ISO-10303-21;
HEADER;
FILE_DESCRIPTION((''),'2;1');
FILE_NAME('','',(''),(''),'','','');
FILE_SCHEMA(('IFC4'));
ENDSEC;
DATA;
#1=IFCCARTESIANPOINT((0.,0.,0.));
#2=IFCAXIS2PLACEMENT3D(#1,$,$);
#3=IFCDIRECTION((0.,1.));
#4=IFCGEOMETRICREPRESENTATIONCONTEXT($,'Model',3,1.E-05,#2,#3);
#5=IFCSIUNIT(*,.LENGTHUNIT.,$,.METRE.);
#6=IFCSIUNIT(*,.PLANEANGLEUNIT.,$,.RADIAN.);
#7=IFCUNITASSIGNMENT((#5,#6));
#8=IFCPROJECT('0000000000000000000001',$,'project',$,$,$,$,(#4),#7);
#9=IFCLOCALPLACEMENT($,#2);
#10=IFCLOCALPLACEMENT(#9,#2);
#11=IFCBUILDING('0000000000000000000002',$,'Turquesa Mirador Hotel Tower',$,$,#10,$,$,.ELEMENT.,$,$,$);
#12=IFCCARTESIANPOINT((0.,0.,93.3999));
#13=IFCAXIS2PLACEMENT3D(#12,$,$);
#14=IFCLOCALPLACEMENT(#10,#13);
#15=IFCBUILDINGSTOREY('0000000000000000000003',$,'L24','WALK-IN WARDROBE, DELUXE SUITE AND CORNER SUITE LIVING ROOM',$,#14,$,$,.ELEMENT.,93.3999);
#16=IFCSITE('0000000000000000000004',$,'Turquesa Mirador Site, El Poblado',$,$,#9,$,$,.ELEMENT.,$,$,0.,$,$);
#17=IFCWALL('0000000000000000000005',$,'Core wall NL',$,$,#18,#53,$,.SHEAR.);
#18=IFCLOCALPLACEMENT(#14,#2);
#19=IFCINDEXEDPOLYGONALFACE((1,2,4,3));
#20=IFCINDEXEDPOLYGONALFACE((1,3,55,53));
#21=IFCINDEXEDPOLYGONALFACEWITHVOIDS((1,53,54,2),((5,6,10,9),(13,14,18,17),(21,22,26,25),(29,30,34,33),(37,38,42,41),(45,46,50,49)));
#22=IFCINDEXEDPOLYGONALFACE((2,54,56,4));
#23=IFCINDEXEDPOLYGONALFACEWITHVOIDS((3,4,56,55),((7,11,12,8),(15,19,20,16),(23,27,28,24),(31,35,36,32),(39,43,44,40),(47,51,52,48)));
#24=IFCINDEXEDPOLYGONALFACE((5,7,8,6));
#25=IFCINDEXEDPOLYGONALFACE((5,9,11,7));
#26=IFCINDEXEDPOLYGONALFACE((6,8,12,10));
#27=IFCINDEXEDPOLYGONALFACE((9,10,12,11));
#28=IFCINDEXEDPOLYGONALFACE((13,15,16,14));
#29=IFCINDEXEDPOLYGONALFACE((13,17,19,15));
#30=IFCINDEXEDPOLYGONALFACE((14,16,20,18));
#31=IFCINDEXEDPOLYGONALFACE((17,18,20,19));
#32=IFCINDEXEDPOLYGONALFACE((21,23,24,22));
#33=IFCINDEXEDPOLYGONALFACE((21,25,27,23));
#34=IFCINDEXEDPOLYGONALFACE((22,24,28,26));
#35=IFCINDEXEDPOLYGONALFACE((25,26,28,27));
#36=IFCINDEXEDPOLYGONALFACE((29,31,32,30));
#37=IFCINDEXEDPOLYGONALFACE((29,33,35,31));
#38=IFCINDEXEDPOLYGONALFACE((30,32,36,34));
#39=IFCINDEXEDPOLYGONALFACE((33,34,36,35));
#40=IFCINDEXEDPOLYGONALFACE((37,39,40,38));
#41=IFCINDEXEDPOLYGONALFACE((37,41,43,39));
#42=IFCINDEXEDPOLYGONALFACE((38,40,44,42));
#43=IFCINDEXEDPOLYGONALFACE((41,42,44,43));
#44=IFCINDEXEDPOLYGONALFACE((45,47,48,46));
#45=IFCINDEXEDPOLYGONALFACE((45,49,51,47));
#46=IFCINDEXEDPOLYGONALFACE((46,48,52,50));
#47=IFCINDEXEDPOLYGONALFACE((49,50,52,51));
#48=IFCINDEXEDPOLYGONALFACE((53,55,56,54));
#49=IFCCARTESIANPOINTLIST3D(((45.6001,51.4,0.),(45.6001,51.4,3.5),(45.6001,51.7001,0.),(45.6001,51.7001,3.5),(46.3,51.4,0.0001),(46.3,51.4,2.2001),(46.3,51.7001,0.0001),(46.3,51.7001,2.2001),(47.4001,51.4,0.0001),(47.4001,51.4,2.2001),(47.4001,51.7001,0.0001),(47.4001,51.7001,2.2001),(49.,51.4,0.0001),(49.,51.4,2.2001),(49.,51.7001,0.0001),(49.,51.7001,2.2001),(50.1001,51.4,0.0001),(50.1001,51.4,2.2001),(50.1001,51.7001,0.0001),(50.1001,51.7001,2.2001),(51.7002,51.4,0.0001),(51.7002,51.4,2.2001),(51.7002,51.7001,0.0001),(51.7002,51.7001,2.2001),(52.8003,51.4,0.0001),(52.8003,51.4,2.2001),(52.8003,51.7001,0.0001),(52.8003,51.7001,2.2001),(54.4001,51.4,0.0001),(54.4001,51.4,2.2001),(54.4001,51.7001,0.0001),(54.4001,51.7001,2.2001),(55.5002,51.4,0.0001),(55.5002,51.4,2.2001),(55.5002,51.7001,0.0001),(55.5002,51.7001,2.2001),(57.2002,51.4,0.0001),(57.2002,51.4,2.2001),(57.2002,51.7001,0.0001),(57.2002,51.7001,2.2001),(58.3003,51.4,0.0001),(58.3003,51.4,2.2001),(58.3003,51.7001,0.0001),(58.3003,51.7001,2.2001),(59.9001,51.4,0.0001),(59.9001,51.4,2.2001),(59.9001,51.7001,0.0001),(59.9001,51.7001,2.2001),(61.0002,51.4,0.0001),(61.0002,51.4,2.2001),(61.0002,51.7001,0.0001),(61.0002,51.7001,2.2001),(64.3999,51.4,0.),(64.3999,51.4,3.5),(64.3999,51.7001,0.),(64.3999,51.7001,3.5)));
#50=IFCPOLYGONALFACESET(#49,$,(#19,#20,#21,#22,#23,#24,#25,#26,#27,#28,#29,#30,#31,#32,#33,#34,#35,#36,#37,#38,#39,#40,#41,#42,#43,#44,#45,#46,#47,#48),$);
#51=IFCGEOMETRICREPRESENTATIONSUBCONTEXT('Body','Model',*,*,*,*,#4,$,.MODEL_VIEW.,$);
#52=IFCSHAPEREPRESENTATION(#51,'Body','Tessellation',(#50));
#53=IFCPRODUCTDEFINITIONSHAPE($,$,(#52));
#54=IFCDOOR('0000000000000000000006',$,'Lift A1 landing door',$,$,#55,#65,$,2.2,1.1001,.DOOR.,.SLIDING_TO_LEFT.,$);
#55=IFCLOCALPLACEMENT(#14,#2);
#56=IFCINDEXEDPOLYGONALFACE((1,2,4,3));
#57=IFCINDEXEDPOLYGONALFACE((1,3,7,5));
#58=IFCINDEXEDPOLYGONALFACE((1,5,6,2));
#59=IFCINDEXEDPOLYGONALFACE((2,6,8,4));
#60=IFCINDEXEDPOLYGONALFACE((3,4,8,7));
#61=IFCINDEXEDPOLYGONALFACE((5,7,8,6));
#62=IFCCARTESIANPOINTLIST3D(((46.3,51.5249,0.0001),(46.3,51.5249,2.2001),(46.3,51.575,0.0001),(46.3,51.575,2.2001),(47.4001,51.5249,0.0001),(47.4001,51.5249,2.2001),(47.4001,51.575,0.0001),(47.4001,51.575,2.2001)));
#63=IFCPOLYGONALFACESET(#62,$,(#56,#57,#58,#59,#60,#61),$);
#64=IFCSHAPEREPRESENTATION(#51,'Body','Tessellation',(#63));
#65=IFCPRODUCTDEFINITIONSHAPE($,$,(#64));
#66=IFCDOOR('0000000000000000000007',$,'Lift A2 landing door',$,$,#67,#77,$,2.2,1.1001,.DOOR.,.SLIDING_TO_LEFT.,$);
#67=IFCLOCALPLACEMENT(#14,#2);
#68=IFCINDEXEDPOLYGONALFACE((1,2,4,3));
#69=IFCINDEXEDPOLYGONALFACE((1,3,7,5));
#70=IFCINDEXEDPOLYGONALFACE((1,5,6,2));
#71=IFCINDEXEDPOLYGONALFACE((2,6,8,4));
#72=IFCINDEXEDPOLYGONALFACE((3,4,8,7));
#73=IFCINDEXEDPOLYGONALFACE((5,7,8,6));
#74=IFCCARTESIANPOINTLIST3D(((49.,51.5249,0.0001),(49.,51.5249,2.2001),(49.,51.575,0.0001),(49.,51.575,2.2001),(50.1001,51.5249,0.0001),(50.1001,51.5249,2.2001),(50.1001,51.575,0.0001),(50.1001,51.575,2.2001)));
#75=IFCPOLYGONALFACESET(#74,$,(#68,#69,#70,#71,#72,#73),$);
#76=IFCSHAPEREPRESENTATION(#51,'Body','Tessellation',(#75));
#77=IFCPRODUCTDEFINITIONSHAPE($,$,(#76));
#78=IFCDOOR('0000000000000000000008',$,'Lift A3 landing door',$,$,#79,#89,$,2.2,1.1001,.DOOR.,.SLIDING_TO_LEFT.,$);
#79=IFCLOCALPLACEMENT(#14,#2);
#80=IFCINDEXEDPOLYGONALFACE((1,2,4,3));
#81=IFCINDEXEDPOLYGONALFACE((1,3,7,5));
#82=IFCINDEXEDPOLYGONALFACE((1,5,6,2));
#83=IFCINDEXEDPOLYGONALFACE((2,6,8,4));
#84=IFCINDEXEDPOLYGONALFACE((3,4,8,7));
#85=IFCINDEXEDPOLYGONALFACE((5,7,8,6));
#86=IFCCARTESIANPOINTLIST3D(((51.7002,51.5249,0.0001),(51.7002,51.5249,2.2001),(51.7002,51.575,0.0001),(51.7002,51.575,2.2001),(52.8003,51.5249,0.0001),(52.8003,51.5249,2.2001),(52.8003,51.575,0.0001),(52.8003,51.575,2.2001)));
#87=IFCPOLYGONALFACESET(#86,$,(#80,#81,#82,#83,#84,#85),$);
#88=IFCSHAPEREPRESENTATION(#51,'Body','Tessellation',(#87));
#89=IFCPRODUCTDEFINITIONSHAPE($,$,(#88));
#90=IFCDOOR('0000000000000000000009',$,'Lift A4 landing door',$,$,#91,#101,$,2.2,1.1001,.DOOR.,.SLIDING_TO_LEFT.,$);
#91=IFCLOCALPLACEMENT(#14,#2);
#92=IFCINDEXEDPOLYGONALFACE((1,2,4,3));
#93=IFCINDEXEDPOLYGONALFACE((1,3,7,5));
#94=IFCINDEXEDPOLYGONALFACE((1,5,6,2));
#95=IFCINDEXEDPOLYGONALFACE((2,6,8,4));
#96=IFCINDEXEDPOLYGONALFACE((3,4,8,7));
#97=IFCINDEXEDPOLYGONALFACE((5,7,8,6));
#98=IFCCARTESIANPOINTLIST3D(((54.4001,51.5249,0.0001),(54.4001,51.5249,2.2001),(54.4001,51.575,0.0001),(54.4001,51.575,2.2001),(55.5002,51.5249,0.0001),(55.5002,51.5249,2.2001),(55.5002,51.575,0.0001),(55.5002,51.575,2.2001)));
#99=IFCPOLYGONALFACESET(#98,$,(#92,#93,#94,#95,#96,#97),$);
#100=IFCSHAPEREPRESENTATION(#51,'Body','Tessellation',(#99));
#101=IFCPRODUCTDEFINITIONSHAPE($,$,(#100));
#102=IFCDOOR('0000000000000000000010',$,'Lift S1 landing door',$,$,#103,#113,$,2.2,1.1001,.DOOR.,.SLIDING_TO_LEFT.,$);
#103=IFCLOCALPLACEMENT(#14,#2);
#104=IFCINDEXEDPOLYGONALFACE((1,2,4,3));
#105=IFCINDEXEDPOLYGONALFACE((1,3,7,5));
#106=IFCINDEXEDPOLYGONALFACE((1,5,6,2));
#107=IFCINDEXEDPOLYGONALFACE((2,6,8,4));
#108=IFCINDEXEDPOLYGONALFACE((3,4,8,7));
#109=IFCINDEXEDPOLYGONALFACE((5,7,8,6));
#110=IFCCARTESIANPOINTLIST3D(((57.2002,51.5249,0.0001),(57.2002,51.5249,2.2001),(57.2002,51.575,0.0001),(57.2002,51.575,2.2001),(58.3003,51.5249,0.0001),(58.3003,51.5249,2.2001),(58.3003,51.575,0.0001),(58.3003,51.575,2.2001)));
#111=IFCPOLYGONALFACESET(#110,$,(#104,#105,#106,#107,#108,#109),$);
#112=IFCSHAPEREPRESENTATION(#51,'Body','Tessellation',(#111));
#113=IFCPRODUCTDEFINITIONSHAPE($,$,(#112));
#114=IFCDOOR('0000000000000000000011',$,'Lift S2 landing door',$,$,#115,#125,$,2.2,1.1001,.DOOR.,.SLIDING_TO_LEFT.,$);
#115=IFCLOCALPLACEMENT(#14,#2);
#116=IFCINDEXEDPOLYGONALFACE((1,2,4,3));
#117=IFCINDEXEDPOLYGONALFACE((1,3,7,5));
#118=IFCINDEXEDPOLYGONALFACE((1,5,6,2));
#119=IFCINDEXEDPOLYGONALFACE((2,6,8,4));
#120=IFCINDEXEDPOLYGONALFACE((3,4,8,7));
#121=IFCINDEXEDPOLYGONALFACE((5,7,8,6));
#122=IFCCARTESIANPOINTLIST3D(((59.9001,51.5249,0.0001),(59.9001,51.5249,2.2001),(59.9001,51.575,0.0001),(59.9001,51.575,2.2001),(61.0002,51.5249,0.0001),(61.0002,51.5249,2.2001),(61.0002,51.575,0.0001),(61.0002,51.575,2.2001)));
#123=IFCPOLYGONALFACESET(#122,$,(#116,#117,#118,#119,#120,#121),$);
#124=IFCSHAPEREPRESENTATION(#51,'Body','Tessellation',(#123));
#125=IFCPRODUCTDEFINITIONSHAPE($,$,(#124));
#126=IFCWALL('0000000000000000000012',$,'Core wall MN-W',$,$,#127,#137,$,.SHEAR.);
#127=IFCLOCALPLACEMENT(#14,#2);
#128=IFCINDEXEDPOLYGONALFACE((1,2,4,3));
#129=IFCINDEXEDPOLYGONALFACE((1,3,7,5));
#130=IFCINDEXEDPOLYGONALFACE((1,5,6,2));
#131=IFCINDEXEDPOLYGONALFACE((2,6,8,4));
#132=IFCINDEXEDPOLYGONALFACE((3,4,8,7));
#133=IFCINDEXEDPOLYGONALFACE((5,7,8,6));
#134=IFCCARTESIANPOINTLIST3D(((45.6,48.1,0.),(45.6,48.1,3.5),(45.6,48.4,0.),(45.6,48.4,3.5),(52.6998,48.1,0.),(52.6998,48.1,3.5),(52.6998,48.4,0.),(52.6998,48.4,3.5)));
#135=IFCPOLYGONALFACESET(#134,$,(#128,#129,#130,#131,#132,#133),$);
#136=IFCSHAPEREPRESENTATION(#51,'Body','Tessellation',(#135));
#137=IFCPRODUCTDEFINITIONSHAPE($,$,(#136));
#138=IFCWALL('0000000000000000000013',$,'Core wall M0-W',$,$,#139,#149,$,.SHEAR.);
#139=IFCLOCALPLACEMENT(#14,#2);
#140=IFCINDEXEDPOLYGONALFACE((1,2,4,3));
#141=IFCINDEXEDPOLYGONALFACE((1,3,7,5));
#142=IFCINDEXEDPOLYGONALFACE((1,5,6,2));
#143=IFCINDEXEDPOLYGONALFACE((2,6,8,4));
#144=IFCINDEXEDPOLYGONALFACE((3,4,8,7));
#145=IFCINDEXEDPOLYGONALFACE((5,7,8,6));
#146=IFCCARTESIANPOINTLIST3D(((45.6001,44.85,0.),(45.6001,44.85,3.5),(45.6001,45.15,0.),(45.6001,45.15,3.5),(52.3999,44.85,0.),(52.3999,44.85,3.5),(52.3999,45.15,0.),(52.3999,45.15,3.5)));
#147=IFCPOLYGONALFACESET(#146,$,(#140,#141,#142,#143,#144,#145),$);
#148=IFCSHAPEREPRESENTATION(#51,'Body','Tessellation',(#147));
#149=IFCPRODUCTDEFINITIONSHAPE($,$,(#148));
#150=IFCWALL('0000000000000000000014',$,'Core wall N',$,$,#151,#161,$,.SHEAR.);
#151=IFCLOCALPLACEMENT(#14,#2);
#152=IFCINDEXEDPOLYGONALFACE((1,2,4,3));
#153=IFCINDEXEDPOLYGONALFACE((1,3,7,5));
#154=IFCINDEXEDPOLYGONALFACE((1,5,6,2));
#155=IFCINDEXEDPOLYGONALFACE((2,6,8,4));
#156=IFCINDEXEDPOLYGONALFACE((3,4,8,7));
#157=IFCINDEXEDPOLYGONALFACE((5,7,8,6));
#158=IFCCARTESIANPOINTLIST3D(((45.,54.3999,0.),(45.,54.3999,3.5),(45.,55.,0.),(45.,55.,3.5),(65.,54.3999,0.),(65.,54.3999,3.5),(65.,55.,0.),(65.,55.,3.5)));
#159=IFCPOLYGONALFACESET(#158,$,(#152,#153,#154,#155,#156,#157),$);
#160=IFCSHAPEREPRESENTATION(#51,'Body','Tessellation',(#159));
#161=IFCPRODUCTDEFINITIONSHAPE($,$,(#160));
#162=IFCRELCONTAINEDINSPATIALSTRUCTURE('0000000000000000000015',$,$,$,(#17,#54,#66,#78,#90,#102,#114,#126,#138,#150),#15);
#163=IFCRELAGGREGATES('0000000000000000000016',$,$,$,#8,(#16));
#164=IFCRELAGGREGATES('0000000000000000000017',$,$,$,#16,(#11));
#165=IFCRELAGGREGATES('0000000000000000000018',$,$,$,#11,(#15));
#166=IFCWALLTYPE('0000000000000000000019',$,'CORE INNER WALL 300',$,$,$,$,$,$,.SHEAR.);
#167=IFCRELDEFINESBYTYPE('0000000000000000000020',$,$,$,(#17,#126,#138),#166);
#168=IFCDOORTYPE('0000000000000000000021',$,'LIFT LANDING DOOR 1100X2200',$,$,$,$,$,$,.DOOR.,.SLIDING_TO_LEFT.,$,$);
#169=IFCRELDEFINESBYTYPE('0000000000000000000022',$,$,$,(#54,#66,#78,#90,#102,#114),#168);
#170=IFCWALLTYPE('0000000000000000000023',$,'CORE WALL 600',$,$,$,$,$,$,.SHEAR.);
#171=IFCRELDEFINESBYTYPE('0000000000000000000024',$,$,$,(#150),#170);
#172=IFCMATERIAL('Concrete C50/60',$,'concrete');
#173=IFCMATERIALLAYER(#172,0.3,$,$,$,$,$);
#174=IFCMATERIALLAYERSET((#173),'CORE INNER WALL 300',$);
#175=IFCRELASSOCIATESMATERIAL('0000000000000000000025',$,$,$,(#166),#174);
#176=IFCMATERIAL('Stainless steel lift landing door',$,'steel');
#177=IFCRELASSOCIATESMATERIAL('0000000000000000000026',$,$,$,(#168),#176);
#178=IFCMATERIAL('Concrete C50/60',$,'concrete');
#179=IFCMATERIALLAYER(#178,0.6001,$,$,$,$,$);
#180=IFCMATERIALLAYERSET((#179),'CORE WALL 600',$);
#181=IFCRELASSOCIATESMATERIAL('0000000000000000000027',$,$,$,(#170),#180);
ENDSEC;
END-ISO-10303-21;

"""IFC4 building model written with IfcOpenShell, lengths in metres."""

from ifc_helpers import new_model, si_unit, direction, frame, frame_2d, origin, place, context, subcontext, project, spatial, rectangle, extrude, material, layer, layer_set, type_object, element, fill, save


model = new_model("IFC4")

# Units and contexts
model_context = context("Model", 3, precision=1e-05, world=origin(), true_north=direction((0.0, 1.0)))
body_context = subcontext(model_context, "Body", "Model", "MODEL_VIEW")
ifc_project = project(units=[si_unit("LENGTHUNIT", "METRE"), si_unit("PLANEANGLEUNIT", "RADIAN")], contexts=[model_context])

# Site, building, storey
site_placement = place(None, origin())
site = spatial("IfcSite", under=ifc_project, at=site_placement, Name="Turquesa Mirador Site, El Poblado", CompositionType="ELEMENT", RefElevation=0.0)
building_placement = place(site_placement, origin())
building = spatial("IfcBuilding", under=site, at=building_placement, Name="Turquesa Mirador Hotel Tower", CompositionType="ELEMENT")
storey_placement = place(building_placement, frame((0.0, 0.0, 93.3999)))
storey = spatial("IfcBuildingStorey", under=building, at=storey_placement, Name="L24", Description="WALK-IN WARDROBE, DELUXE SUITE AND CORNER SUITE LIVING ROOM", CompositionType="ELEMENT", Elevation=93.3999)

# Wall, openings, doors
ifc_material_1 = material(Name="Concrete C50/60", Category="concrete")
ifc_layer_1 = layer(ifc_material_1, 0.3)
ifc_layer_set_1 = layer_set([ifc_layer_1], Name="CORE INNER WALL 300")
wall_type_1 = type_object("IfcWallType", Name="CORE INNER WALL 300", PredefinedType="SHEAR", material=ifc_layer_set_1)
wall_1_placement = place(storey_placement, frame((45.6001, 51.55, 0.0), z_axis=(0.0, 0.0, 1.0), x_axis=(1.0, 0.0, 0.0)))
wall_1 = element("IfcWall", 1, at=wall_1_placement, inside=storey, type_object=wall_type_1, Name="Core wall NL", PredefinedType="SHEAR", context=body_context, shape_type="SweptSolid", body=[
    extrude(rectangle(XDim=18.7998, YDim=0.3, at=frame_2d((9.3999, 0.0))), origin(), (0.0, 0.0, 1.0), 3.5),
])
opening_1_placement = place(wall_1_placement, frame((0.7, 0.0, 0.0)))
opening_1 = element("IfcOpeningElement", 2, at=opening_1_placement, cuts=wall_1, PredefinedType="OPENING", context=body_context, shape_type="SweptSolid", body=[
    extrude(rectangle(XDim=1.1001, YDim=2.2, at=frame_2d((0.55, 1.1001))), frame((0.0, 0.1599, 0.0), z_axis=(0.0, -1.0, 0.0), x_axis=(1.0, 0.0, 0.0)), (0.0, 0.0, 1.0), 0.3201),
])
opening_2_placement = place(wall_1_placement, frame((3.3999, 0.0, 0.0)))
opening_2 = element("IfcOpeningElement", 3, at=opening_2_placement, cuts=wall_1, PredefinedType="OPENING", context=body_context, shape_type="SweptSolid", body=[
    extrude(rectangle(XDim=1.1001, YDim=2.2, at=frame_2d((0.55, 1.1001))), frame((0.0, 0.1599, 0.0), z_axis=(0.0, -1.0, 0.0), x_axis=(1.0, 0.0, 0.0)), (0.0, 0.0, 1.0), 0.3201),
])
opening_3_placement = place(wall_1_placement, frame((6.1001, 0.0, 0.0)))
opening_3 = element("IfcOpeningElement", 4, at=opening_3_placement, cuts=wall_1, PredefinedType="OPENING", context=body_context, shape_type="SweptSolid", body=[
    extrude(rectangle(XDim=1.1001, YDim=2.2, at=frame_2d((0.55, 1.1001))), frame((0.0, 0.1599, 0.0), z_axis=(0.0, -1.0, 0.0), x_axis=(1.0, 0.0, 0.0)), (0.0, 0.0, 1.0), 0.3201),
])
opening_4_placement = place(wall_1_placement, frame((8.8, 0.0, 0.0)))
opening_4 = element("IfcOpeningElement", 5, at=opening_4_placement, cuts=wall_1, PredefinedType="OPENING", context=body_context, shape_type="SweptSolid", body=[
    extrude(rectangle(XDim=1.1001, YDim=2.2, at=frame_2d((0.55, 1.1001))), frame((0.0, 0.1599, 0.0), z_axis=(0.0, -1.0, 0.0), x_axis=(1.0, 0.0, 0.0)), (0.0, 0.0, 1.0), 0.3201),
])
opening_5_placement = place(wall_1_placement, frame((11.6001, 0.0, 0.0)))
opening_5 = element("IfcOpeningElement", 6, at=opening_5_placement, cuts=wall_1, PredefinedType="OPENING", context=body_context, shape_type="SweptSolid", body=[
    extrude(rectangle(XDim=1.1001, YDim=2.2, at=frame_2d((0.55, 1.1001))), frame((0.0, 0.1599, 0.0), z_axis=(0.0, -1.0, 0.0), x_axis=(1.0, 0.0, 0.0)), (0.0, 0.0, 1.0), 0.3201),
])
opening_6_placement = place(wall_1_placement, frame((14.3, 0.0, 0.0)))
opening_6 = element("IfcOpeningElement", 7, at=opening_6_placement, cuts=wall_1, PredefinedType="OPENING", context=body_context, shape_type="SweptSolid", body=[
    extrude(rectangle(XDim=1.1001, YDim=2.2, at=frame_2d((0.55, 1.1001))), frame((0.0, 0.1599, 0.0), z_axis=(0.0, -1.0, 0.0), x_axis=(1.0, 0.0, 0.0)), (0.0, 0.0, 1.0), 0.3201),
])
ifc_material_2 = material(Name="Stainless steel lift landing door", Category="steel")
door_type_1 = type_object("IfcDoorType", Name="LIFT LANDING DOOR 1100X2200", OperationType="SLIDING_TO_LEFT", PredefinedType="DOOR", material=ifc_material_2)
door_1_placement = place(opening_1_placement, origin())
door_1 = element("IfcDoor", 8, at=door_1_placement, inside=storey, type_object=door_type_1, Name="Lift A1 landing door", OperationType="SLIDING_TO_LEFT", OverallHeight=2.2, OverallWidth=1.1001, PredefinedType="DOOR", context=body_context, shape_type="SweptSolid", body=[
    extrude(rectangle(XDim=1.1001, YDim=2.2, at=frame_2d((0.55, 1.1001))), frame((0.0, 0.0249, 0.0), z_axis=(0.0, -1.0, 0.0), x_axis=(1.0, 0.0, 0.0)), (0.0, 0.0, 1.0), 0.05),
])
fill(opening_1, door_1)
door_2_placement = place(opening_2_placement, origin())
door_2 = element("IfcDoor", 9, at=door_2_placement, inside=storey, type_object=door_type_1, Name="Lift A2 landing door", OperationType="SLIDING_TO_LEFT", OverallHeight=2.2, OverallWidth=1.1001, PredefinedType="DOOR", context=body_context, shape_type="SweptSolid", body=[
    extrude(rectangle(XDim=1.1001, YDim=2.2, at=frame_2d((0.55, 1.1001))), frame((0.0, 0.0249, 0.0), z_axis=(0.0, -1.0, 0.0), x_axis=(1.0, 0.0, 0.0)), (0.0, 0.0, 1.0), 0.05),
])
fill(opening_2, door_2)
door_3_placement = place(opening_3_placement, origin())
door_3 = element("IfcDoor", 10, at=door_3_placement, inside=storey, type_object=door_type_1, Name="Lift A3 landing door", OperationType="SLIDING_TO_LEFT", OverallHeight=2.2, OverallWidth=1.1001, PredefinedType="DOOR", context=body_context, shape_type="SweptSolid", body=[
    extrude(rectangle(XDim=1.1001, YDim=2.2, at=frame_2d((0.55, 1.1001))), frame((0.0, 0.0249, 0.0), z_axis=(0.0, -1.0, 0.0), x_axis=(1.0, 0.0, 0.0)), (0.0, 0.0, 1.0), 0.05),
])
fill(opening_3, door_3)
door_4_placement = place(opening_4_placement, origin())
door_4 = element("IfcDoor", 11, at=door_4_placement, inside=storey, type_object=door_type_1, Name="Lift A4 landing door", OperationType="SLIDING_TO_LEFT", OverallHeight=2.2, OverallWidth=1.1001, PredefinedType="DOOR", context=body_context, shape_type="SweptSolid", body=[
    extrude(rectangle(XDim=1.1001, YDim=2.2, at=frame_2d((0.55, 1.1001))), frame((0.0, 0.0249, 0.0), z_axis=(0.0, -1.0, 0.0), x_axis=(1.0, 0.0, 0.0)), (0.0, 0.0, 1.0), 0.05),
])
fill(opening_4, door_4)
door_5_placement = place(opening_5_placement, origin())
door_5 = element("IfcDoor", 12, at=door_5_placement, inside=storey, type_object=door_type_1, Name="Lift S1 landing door", OperationType="SLIDING_TO_LEFT", OverallHeight=2.2, OverallWidth=1.1001, PredefinedType="DOOR", context=body_context, shape_type="SweptSolid", body=[
    extrude(rectangle(XDim=1.1001, YDim=2.2, at=frame_2d((0.55, 1.1001))), frame((0.0, 0.0249, 0.0), z_axis=(0.0, -1.0, 0.0), x_axis=(1.0, 0.0, 0.0)), (0.0, 0.0, 1.0), 0.05),
])
fill(opening_5, door_5)
door_6_placement = place(opening_6_placement, origin())
door_6 = element("IfcDoor", 13, at=door_6_placement, inside=storey, type_object=door_type_1, Name="Lift S2 landing door", OperationType="SLIDING_TO_LEFT", OverallHeight=2.2, OverallWidth=1.1001, PredefinedType="DOOR", context=body_context, shape_type="SweptSolid", body=[
    extrude(rectangle(XDim=1.1001, YDim=2.2, at=frame_2d((0.55, 1.1001))), frame((0.0, 0.0249, 0.0), z_axis=(0.0, -1.0, 0.0), x_axis=(1.0, 0.0, 0.0)), (0.0, 0.0, 1.0), 0.05),
])
fill(opening_6, door_6)

# Walls
wall_2_placement = place(storey_placement, frame((45.6001, 48.25, 0.0), z_axis=(0.0, 0.0, 1.0), x_axis=(1.0, 0.0, 0.0)))
element("IfcWall", 14, at=wall_2_placement, inside=storey, type_object=wall_type_1, Name="Core wall MN-W", PredefinedType="SHEAR", context=body_context, shape_type="SweptSolid", body=[
    extrude(rectangle(XDim=7.0999, YDim=0.3, at=frame_2d((3.5498, 0.0))), origin(), (0.0, 0.0, 1.0), 3.5),
])
wall_3_placement = place(storey_placement, frame((45.6001, 45.0, 0.0), z_axis=(0.0, 0.0, 1.0), x_axis=(1.0, 0.0, 0.0)))
element("IfcWall", 15, at=wall_3_placement, inside=storey, type_object=wall_type_1, Name="Core wall M0-W", PredefinedType="SHEAR", context=body_context, shape_type="SweptSolid", body=[
    extrude(rectangle(XDim=6.7998, YDim=0.3, at=frame_2d((3.3999, 0.0))), origin(), (0.0, 0.0, 1.0), 3.5),
])
ifc_material_3 = material(Name="Concrete C50/60", Category="concrete")
ifc_layer_2 = layer(ifc_material_3, 0.6001)
ifc_layer_set_2 = layer_set([ifc_layer_2], Name="CORE WALL 600")
wall_type_2 = type_object("IfcWallType", Name="CORE WALL 600", PredefinedType="SHEAR", material=ifc_layer_set_2)
wall_4_placement = place(storey_placement, frame((45.0, 54.7, 0.0), z_axis=(0.0, 0.0, 1.0), x_axis=(1.0, 0.0, 0.0)))
element("IfcWall", 16, at=wall_4_placement, inside=storey, type_object=wall_type_2, Name="Core wall N", PredefinedType="SHEAR", context=body_context, shape_type="SweptSolid", body=[
    extrude(rectangle(XDim=20.0, YDim=0.6001, at=frame_2d((10.0, 0.0))), origin(), (0.0, 0.0, 1.0), 3.5),
])

save(model, "model.ifc")
